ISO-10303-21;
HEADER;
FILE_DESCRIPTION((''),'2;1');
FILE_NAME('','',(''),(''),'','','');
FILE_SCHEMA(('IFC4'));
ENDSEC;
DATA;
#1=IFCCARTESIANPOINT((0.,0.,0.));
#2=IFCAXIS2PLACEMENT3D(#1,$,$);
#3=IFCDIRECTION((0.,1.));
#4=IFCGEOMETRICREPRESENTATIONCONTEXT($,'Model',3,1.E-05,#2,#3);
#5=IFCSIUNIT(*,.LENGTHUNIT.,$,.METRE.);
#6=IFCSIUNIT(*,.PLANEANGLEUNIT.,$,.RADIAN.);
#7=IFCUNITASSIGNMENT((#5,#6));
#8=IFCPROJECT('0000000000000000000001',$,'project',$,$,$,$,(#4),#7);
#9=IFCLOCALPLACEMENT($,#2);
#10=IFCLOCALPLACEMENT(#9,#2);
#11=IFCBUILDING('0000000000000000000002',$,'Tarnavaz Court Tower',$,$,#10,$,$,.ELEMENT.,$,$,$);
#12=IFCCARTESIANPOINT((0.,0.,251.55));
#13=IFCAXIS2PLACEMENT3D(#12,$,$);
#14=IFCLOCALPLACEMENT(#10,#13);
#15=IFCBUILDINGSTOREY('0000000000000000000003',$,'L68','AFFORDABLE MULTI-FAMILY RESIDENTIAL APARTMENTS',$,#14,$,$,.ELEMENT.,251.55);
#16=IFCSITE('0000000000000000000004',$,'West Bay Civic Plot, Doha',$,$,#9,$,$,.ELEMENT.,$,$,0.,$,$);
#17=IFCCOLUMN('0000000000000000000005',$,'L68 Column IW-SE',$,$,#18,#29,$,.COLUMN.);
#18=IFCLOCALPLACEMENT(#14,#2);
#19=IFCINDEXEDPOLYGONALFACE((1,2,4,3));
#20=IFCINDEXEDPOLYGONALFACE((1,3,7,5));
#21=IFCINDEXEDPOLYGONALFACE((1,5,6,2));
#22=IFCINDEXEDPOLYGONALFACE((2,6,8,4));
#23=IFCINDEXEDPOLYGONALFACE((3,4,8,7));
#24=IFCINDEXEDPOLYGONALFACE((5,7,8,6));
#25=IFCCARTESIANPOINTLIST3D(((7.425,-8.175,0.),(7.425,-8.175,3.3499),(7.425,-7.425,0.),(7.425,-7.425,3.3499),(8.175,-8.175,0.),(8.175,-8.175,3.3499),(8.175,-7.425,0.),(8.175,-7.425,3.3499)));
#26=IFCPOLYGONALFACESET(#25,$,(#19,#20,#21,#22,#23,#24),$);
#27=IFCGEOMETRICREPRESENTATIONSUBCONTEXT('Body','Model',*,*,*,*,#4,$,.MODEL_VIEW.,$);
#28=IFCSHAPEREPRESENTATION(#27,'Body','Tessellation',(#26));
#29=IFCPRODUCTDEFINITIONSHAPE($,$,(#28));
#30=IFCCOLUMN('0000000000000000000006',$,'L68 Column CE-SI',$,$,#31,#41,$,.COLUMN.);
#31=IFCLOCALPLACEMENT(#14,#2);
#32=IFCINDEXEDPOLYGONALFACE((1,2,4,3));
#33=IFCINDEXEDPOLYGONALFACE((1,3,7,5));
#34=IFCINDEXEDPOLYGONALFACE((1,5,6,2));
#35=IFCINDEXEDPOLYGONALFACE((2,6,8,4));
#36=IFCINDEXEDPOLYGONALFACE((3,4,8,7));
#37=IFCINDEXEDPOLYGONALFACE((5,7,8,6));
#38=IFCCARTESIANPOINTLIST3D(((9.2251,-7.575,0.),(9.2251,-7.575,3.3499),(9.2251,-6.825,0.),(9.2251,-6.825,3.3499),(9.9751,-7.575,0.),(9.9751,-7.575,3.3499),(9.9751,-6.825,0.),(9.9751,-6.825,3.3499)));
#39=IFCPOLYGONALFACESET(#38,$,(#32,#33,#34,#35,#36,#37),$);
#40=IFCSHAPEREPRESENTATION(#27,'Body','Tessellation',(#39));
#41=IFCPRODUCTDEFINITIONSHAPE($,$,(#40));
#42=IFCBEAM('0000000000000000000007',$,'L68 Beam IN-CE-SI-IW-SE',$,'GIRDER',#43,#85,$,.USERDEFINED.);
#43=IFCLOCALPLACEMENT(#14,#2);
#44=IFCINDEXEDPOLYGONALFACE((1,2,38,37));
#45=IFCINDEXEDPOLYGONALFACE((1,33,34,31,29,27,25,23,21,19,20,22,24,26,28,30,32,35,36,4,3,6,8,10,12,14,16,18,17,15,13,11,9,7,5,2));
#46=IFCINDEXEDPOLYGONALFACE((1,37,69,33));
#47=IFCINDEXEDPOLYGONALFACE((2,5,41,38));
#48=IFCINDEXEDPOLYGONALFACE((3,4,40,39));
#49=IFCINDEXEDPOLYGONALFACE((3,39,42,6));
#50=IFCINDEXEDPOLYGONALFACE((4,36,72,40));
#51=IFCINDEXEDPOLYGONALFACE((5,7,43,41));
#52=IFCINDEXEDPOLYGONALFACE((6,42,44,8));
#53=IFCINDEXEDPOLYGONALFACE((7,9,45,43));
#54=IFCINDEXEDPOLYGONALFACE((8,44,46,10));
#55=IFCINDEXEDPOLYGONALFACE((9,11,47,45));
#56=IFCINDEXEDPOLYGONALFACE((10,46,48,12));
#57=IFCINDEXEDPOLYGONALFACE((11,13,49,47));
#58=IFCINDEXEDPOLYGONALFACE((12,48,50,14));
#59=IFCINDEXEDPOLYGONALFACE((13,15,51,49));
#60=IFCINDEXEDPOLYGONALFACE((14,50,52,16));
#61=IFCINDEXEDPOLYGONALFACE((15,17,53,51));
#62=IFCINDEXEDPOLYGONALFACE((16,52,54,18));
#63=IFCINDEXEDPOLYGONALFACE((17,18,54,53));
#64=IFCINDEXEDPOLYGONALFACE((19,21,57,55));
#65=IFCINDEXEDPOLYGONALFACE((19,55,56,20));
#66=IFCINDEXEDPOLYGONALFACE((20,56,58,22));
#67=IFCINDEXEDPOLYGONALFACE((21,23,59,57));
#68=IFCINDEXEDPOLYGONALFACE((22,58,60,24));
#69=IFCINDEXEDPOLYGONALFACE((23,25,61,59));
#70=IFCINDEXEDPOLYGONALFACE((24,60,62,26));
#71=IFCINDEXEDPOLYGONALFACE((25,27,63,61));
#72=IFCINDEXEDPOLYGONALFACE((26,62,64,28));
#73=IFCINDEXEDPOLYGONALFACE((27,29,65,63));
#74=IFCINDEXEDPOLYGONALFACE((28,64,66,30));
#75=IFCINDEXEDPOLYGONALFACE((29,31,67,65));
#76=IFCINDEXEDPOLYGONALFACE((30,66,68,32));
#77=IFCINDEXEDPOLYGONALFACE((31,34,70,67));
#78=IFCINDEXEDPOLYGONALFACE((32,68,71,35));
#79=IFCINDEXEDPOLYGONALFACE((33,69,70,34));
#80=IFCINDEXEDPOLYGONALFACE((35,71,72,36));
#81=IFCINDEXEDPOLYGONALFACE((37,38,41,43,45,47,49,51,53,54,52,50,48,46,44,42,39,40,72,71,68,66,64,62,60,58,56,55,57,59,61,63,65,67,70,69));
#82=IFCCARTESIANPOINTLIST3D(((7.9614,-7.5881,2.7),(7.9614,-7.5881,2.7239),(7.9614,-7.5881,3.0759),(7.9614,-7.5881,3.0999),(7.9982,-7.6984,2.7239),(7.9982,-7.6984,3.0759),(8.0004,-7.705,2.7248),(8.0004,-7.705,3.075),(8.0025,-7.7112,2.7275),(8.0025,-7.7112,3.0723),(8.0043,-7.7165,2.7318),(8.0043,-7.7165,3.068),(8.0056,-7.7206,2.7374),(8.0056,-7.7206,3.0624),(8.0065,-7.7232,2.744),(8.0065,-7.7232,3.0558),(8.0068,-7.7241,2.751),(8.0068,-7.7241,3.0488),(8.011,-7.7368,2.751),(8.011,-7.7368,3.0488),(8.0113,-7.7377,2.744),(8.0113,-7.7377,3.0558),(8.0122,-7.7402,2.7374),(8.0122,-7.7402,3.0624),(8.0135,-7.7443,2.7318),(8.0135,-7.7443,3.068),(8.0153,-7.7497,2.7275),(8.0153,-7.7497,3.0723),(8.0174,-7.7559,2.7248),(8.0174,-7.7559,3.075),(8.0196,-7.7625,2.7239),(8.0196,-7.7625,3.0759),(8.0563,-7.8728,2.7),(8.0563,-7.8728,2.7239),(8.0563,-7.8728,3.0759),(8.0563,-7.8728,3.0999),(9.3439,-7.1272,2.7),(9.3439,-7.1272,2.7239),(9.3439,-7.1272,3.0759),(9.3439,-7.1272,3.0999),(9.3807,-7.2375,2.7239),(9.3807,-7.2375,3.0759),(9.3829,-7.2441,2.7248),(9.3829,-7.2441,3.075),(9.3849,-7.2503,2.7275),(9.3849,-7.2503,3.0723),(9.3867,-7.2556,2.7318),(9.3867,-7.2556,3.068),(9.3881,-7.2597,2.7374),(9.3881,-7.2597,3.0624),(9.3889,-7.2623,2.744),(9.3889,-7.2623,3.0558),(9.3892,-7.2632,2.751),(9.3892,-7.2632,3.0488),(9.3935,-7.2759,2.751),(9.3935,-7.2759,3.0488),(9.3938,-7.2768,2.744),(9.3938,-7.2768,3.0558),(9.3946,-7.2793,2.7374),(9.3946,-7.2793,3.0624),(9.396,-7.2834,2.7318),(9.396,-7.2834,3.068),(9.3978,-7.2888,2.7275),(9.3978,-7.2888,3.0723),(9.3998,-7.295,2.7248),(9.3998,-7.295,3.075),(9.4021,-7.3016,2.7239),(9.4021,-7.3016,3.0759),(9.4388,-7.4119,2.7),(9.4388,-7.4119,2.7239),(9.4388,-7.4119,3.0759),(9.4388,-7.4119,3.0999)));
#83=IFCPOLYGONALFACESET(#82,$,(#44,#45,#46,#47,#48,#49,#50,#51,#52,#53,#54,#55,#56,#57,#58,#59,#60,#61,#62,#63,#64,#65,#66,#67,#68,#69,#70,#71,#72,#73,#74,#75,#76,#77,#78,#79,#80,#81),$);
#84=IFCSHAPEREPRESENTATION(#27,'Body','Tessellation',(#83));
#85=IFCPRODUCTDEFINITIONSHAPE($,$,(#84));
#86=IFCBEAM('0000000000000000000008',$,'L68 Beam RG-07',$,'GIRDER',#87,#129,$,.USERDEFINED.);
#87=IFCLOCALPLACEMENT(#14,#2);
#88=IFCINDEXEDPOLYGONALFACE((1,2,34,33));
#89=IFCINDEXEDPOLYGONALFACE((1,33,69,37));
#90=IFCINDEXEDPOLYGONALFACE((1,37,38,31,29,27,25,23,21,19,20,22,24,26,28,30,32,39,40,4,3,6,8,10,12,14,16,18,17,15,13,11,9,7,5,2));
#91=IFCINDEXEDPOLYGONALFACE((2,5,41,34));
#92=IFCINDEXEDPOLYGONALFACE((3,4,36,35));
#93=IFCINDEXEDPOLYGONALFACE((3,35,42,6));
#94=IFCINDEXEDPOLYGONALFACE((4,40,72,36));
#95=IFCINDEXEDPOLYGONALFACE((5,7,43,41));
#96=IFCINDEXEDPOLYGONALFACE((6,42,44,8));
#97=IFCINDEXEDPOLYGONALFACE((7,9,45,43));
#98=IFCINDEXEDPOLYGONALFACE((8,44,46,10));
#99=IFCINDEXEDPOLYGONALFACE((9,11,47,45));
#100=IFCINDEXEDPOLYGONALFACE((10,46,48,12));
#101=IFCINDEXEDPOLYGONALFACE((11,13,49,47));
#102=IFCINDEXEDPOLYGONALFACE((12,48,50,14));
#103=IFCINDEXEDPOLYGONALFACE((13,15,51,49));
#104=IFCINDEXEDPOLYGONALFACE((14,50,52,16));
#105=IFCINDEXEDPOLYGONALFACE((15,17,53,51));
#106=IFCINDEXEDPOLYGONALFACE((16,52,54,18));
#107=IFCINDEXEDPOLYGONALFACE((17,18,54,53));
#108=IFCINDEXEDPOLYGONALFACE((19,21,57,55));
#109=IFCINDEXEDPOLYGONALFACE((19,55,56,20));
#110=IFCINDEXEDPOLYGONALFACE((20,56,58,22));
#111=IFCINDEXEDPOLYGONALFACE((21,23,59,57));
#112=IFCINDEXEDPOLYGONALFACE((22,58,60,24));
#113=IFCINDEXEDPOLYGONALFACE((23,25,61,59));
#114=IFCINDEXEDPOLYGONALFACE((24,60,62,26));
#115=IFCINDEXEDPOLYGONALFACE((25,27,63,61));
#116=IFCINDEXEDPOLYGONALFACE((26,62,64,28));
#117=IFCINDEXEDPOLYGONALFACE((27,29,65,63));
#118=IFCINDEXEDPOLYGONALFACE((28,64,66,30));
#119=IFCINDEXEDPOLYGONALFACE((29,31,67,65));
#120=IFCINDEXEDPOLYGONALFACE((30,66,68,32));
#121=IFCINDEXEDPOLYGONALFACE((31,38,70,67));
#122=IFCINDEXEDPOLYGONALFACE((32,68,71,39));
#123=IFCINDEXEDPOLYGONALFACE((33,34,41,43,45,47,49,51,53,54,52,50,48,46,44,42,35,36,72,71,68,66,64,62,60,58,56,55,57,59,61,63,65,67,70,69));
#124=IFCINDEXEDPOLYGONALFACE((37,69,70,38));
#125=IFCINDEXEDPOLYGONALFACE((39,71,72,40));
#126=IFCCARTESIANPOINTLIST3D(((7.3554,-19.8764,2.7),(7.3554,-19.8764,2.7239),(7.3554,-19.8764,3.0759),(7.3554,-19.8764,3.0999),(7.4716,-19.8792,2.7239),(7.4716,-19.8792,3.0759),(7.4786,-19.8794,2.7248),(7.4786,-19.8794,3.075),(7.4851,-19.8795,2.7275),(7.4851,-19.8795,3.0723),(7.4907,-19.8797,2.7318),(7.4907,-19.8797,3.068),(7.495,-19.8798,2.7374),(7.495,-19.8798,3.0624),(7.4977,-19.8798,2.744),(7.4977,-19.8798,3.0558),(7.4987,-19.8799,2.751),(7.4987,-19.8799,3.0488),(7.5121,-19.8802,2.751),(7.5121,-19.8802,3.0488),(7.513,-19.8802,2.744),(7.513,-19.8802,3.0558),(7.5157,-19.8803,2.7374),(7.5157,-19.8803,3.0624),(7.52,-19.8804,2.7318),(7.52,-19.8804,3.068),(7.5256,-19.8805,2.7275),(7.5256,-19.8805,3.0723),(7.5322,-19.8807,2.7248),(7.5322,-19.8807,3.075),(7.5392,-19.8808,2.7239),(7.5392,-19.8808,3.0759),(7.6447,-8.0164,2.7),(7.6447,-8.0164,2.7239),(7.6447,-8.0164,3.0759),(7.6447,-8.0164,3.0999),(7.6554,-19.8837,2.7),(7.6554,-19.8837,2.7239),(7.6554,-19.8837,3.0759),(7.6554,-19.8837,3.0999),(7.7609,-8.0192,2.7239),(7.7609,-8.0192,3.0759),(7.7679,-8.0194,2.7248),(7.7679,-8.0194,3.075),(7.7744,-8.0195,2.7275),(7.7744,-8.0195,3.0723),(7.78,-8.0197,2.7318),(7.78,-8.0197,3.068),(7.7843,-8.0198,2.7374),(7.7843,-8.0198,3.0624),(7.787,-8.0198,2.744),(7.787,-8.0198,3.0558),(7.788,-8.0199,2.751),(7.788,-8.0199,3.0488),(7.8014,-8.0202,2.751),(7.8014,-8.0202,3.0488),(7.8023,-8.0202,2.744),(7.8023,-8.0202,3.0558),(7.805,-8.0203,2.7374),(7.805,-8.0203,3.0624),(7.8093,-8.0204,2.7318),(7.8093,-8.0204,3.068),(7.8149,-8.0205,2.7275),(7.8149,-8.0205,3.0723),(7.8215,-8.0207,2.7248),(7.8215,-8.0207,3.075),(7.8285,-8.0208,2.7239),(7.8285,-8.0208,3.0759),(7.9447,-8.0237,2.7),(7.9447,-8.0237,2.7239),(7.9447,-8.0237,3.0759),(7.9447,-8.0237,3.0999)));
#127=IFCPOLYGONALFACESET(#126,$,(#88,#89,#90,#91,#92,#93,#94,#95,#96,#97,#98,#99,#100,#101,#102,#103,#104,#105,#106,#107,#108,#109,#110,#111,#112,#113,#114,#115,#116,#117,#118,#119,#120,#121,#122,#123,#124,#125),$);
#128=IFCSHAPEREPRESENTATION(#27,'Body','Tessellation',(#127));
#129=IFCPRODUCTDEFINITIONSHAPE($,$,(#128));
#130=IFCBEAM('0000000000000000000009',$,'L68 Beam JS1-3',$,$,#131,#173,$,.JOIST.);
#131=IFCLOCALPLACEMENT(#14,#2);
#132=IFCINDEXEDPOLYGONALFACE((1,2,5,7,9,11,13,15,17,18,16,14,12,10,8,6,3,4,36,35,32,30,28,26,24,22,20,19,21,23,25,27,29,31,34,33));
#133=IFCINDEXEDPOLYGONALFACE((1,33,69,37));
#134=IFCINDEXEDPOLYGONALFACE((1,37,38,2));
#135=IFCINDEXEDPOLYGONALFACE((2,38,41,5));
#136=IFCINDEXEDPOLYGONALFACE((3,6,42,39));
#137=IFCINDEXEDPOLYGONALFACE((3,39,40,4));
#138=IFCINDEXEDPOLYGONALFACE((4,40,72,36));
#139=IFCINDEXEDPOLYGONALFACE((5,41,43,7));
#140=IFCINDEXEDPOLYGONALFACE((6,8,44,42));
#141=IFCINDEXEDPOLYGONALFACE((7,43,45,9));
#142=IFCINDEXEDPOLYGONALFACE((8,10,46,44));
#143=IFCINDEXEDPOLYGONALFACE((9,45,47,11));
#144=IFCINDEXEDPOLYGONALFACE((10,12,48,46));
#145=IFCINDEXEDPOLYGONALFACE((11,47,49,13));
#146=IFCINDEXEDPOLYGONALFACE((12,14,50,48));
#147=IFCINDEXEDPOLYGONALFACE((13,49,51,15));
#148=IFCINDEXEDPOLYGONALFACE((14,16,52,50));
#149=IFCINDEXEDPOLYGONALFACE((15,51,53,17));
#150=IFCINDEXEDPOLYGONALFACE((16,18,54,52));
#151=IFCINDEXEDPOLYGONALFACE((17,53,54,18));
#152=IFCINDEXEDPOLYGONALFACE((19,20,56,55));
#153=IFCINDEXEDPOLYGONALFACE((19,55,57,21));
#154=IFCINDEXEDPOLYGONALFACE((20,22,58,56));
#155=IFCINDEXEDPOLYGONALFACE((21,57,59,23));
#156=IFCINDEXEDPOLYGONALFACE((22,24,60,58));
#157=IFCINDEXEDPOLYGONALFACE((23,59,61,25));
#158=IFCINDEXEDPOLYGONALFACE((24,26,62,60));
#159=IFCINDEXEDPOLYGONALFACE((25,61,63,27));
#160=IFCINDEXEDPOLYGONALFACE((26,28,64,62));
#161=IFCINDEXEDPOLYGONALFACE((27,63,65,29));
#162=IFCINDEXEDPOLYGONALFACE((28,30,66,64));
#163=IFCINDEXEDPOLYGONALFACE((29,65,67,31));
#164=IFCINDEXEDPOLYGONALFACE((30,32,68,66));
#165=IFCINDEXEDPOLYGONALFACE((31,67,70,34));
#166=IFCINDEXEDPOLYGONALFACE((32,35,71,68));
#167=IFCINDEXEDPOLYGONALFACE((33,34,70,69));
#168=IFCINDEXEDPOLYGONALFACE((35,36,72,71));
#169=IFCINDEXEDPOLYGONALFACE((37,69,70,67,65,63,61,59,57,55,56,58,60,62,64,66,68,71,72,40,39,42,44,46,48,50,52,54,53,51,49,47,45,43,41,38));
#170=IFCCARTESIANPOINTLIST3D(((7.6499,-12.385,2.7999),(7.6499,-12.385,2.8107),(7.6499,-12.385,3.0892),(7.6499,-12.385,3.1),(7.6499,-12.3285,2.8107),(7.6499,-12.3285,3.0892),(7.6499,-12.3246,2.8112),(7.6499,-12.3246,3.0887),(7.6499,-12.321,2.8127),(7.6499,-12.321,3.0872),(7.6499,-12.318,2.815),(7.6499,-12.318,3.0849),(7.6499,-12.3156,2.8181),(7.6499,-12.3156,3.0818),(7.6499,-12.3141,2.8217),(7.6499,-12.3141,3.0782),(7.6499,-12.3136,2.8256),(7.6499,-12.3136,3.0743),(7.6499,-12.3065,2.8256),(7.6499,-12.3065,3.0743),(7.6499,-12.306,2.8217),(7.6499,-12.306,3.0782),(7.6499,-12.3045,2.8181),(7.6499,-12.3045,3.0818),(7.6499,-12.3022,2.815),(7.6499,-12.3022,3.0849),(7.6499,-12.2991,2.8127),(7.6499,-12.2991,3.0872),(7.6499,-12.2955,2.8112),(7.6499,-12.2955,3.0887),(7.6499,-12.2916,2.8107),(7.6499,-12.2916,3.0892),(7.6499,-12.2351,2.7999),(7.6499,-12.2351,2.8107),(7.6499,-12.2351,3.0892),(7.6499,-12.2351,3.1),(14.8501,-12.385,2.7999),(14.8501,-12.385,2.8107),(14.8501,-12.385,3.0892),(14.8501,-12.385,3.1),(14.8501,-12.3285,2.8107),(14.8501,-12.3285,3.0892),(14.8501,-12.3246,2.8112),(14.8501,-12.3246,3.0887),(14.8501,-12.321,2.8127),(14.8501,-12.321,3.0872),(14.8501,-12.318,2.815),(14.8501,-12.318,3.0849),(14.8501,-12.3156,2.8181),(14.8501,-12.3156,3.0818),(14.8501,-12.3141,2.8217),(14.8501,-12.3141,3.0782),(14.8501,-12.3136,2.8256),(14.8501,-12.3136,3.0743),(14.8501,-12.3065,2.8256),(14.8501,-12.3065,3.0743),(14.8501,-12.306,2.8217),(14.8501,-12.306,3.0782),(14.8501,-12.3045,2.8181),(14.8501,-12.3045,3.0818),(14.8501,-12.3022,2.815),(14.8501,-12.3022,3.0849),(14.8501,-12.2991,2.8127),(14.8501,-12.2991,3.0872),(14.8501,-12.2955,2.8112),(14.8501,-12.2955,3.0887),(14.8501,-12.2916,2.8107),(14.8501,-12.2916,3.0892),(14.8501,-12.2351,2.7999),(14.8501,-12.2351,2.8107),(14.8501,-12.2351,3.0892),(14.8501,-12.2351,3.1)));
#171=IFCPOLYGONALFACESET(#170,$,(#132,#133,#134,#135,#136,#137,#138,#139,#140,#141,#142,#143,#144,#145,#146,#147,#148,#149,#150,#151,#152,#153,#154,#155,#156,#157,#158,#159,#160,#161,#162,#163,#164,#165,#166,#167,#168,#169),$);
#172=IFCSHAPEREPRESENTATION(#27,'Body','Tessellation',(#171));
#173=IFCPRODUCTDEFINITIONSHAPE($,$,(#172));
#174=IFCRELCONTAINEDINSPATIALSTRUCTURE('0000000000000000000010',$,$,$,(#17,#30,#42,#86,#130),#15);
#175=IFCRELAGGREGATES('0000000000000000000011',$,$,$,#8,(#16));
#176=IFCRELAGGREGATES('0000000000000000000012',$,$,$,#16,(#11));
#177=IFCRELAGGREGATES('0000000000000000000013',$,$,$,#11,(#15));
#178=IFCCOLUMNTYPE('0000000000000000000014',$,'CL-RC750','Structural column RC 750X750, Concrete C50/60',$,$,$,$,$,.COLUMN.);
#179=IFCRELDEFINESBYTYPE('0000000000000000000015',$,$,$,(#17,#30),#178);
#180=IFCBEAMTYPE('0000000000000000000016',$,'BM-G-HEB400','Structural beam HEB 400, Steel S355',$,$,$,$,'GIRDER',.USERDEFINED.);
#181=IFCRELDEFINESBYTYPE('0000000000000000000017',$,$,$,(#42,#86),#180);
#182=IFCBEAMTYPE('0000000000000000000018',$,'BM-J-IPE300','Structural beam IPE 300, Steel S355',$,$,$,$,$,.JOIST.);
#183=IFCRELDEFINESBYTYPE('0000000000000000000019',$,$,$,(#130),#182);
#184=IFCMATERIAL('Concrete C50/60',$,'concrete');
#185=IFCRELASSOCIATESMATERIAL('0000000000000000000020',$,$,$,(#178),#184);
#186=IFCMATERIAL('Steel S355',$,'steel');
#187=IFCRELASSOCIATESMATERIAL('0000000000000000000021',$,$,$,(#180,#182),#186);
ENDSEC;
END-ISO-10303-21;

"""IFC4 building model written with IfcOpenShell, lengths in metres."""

from ifc_helpers import new_model, si_unit, direction, frame, origin, origin_2d, place, context, subcontext, project, spatial, rectangle, i_section, extrude, material, material_profile, profile_set, type_object, element, save


model = new_model("IFC4")

# Units and contexts
model_context = context("Model", 3, precision=1e-05, world=origin(), true_north=direction((0.0, 1.0)))
body_context = subcontext(model_context, "Body", "Model", "MODEL_VIEW")
ifc_project = project(units=[si_unit("LENGTHUNIT", "METRE"), si_unit("PLANEANGLEUNIT", "RADIAN")], contexts=[model_context])

# Site, building, storey
site_placement = place(None, origin())
site = spatial("IfcSite", under=ifc_project, at=site_placement, Name="West Bay Civic Plot, Doha", CompositionType="ELEMENT", RefElevation=0.0)
building_placement = place(site_placement, origin())
building = spatial("IfcBuilding", under=site, at=building_placement, Name="Tarnavaz Court Tower", CompositionType="ELEMENT")
storey_placement = place(building_placement, frame((0.0, 0.0, 251.55)))
storey = spatial("IfcBuildingStorey", under=building, at=storey_placement, Name="L68", Description="AFFORDABLE MULTI-FAMILY RESIDENTIAL APARTMENTS", CompositionType="ELEMENT", Elevation=251.55)

# Columns
ifc_material_1 = material(Name="Concrete C50/60", Category="concrete")
ifc_material_profile_1 = material_profile(ifc_material_1, rectangle(XDim=0.75, YDim=0.75, at=origin_2d()), Name="RC 750X750")
ifc_profile_set_1 = profile_set([ifc_material_profile_1], Name="Concrete C50/60")
column_type = type_object("IfcColumnType", Name="CL-RC750", Description="Structural column RC 750X750, Concrete C50/60", PredefinedType="COLUMN", material=ifc_profile_set_1)
for number, where, z_axis, x_axis, name in (
    (1, (7.8, -7.8, 0.0), (0.0, 0.0, 1.0), (1.0, 0.0, 0.0), "L68 Column IW-SE"),
    (2, (9.6001, -7.2, 0.0), (0.0, 0.0, 1.0), (1.0, 0.0, 0.0), "L68 Column CE-SI"),
):
    element("IfcColumn", number, at=place(storey_placement, frame(where, z_axis=z_axis, x_axis=x_axis)), inside=storey, type_object=column_type, Name=name, PredefinedType="COLUMN", context=body_context, shape_type="SweptSolid", body=[
        extrude(rectangle(XDim=0.75, YDim=0.75, at=origin_2d()), origin(), (0.0, 0.0, 1.0), 3.3499),
    ])

# Beams
ifc_material_2 = material(Name="Steel S355", Category="steel")
ifc_material_profile_2 = material_profile(ifc_material_2, i_section(OverallWidth=0.3, OverallDepth=0.3999, WebThickness=0.0134, FlangeThickness=0.0239, FilletRadius=0.0271, at=origin_2d()), Name="HEB 400")
ifc_profile_set_2 = profile_set([ifc_material_profile_2], Name="Steel S355")
beam_type_1 = type_object("IfcBeamType", Name="BM-G-HEB400", Description="Structural beam HEB 400, Steel S355", ElementType="GIRDER", PredefinedType="USERDEFINED", material=ifc_profile_set_2)
beam_1_placement = place(storey_placement, frame((9.3914, -7.2695, 2.8999), z_axis=(-0.948667, -0.316278, 0.0), x_axis=(0.316278, -0.948667, 0.0)))
element("IfcBeam", 3, at=beam_1_placement, inside=storey, type_object=beam_type_1, Name="L68 Beam IN-CE-SI-IW-SE", ObjectType="GIRDER", PredefinedType="USERDEFINED", context=body_context, shape_type="SweptSolid", body=[
    extrude(i_section(OverallWidth=0.3, OverallDepth=0.3999, WebThickness=0.0134, FlangeThickness=0.0239, FilletRadius=0.0271, at=origin_2d()), origin(), (0.0, 0.0, 1.0), 1.4573),
])
beam_2_placement = place(storey_placement, frame((7.7947, -8.02, 2.8999), z_axis=(-0.024386, -0.999703, 0.0), x_axis=(0.999703, -0.024386, 0.0)))
element("IfcBeam", 4, at=beam_2_placement, inside=storey, type_object=beam_type_1, Name="L68 Beam RG-07", ObjectType="GIRDER", PredefinedType="USERDEFINED", context=body_context, shape_type="SweptSolid", body=[
    extrude(i_section(OverallWidth=0.3, OverallDepth=0.3999, WebThickness=0.0134, FlangeThickness=0.0239, FilletRadius=0.0271, at=origin_2d()), origin(), (0.0, 0.0, 1.0), 11.8635),
])
ifc_material_profile_3 = material_profile(ifc_material_2, i_section(OverallWidth=0.1499, OverallDepth=0.3, WebThickness=0.0071, FlangeThickness=0.0107, FilletRadius=0.0149, at=origin_2d()), Name="IPE 300")
ifc_profile_set_3 = profile_set([ifc_material_profile_3], Name="Steel S355")
beam_type_2 = type_object("IfcBeamType", Name="BM-J-IPE300", Description="Structural beam IPE 300, Steel S355", PredefinedType="JOIST", material=ifc_profile_set_3)
beam_3_placement = place(storey_placement, frame((7.6499, -12.3101, 2.95), z_axis=(1.0, 0.0, 0.0), x_axis=(0.0, 1.0, 0.0)))
element("IfcBeam", 5, at=beam_3_placement, inside=storey, type_object=beam_type_2, Name="L68 Beam JS1-3", PredefinedType="JOIST", context=body_context, shape_type="SweptSolid", body=[
    extrude(i_section(OverallWidth=0.1499, OverallDepth=0.3, WebThickness=0.0071, FlangeThickness=0.0107, FilletRadius=0.0149, at=origin_2d()), origin(), (0.0, 0.0, 1.0), 7.2002),
])

save(model, "model.ifc")
